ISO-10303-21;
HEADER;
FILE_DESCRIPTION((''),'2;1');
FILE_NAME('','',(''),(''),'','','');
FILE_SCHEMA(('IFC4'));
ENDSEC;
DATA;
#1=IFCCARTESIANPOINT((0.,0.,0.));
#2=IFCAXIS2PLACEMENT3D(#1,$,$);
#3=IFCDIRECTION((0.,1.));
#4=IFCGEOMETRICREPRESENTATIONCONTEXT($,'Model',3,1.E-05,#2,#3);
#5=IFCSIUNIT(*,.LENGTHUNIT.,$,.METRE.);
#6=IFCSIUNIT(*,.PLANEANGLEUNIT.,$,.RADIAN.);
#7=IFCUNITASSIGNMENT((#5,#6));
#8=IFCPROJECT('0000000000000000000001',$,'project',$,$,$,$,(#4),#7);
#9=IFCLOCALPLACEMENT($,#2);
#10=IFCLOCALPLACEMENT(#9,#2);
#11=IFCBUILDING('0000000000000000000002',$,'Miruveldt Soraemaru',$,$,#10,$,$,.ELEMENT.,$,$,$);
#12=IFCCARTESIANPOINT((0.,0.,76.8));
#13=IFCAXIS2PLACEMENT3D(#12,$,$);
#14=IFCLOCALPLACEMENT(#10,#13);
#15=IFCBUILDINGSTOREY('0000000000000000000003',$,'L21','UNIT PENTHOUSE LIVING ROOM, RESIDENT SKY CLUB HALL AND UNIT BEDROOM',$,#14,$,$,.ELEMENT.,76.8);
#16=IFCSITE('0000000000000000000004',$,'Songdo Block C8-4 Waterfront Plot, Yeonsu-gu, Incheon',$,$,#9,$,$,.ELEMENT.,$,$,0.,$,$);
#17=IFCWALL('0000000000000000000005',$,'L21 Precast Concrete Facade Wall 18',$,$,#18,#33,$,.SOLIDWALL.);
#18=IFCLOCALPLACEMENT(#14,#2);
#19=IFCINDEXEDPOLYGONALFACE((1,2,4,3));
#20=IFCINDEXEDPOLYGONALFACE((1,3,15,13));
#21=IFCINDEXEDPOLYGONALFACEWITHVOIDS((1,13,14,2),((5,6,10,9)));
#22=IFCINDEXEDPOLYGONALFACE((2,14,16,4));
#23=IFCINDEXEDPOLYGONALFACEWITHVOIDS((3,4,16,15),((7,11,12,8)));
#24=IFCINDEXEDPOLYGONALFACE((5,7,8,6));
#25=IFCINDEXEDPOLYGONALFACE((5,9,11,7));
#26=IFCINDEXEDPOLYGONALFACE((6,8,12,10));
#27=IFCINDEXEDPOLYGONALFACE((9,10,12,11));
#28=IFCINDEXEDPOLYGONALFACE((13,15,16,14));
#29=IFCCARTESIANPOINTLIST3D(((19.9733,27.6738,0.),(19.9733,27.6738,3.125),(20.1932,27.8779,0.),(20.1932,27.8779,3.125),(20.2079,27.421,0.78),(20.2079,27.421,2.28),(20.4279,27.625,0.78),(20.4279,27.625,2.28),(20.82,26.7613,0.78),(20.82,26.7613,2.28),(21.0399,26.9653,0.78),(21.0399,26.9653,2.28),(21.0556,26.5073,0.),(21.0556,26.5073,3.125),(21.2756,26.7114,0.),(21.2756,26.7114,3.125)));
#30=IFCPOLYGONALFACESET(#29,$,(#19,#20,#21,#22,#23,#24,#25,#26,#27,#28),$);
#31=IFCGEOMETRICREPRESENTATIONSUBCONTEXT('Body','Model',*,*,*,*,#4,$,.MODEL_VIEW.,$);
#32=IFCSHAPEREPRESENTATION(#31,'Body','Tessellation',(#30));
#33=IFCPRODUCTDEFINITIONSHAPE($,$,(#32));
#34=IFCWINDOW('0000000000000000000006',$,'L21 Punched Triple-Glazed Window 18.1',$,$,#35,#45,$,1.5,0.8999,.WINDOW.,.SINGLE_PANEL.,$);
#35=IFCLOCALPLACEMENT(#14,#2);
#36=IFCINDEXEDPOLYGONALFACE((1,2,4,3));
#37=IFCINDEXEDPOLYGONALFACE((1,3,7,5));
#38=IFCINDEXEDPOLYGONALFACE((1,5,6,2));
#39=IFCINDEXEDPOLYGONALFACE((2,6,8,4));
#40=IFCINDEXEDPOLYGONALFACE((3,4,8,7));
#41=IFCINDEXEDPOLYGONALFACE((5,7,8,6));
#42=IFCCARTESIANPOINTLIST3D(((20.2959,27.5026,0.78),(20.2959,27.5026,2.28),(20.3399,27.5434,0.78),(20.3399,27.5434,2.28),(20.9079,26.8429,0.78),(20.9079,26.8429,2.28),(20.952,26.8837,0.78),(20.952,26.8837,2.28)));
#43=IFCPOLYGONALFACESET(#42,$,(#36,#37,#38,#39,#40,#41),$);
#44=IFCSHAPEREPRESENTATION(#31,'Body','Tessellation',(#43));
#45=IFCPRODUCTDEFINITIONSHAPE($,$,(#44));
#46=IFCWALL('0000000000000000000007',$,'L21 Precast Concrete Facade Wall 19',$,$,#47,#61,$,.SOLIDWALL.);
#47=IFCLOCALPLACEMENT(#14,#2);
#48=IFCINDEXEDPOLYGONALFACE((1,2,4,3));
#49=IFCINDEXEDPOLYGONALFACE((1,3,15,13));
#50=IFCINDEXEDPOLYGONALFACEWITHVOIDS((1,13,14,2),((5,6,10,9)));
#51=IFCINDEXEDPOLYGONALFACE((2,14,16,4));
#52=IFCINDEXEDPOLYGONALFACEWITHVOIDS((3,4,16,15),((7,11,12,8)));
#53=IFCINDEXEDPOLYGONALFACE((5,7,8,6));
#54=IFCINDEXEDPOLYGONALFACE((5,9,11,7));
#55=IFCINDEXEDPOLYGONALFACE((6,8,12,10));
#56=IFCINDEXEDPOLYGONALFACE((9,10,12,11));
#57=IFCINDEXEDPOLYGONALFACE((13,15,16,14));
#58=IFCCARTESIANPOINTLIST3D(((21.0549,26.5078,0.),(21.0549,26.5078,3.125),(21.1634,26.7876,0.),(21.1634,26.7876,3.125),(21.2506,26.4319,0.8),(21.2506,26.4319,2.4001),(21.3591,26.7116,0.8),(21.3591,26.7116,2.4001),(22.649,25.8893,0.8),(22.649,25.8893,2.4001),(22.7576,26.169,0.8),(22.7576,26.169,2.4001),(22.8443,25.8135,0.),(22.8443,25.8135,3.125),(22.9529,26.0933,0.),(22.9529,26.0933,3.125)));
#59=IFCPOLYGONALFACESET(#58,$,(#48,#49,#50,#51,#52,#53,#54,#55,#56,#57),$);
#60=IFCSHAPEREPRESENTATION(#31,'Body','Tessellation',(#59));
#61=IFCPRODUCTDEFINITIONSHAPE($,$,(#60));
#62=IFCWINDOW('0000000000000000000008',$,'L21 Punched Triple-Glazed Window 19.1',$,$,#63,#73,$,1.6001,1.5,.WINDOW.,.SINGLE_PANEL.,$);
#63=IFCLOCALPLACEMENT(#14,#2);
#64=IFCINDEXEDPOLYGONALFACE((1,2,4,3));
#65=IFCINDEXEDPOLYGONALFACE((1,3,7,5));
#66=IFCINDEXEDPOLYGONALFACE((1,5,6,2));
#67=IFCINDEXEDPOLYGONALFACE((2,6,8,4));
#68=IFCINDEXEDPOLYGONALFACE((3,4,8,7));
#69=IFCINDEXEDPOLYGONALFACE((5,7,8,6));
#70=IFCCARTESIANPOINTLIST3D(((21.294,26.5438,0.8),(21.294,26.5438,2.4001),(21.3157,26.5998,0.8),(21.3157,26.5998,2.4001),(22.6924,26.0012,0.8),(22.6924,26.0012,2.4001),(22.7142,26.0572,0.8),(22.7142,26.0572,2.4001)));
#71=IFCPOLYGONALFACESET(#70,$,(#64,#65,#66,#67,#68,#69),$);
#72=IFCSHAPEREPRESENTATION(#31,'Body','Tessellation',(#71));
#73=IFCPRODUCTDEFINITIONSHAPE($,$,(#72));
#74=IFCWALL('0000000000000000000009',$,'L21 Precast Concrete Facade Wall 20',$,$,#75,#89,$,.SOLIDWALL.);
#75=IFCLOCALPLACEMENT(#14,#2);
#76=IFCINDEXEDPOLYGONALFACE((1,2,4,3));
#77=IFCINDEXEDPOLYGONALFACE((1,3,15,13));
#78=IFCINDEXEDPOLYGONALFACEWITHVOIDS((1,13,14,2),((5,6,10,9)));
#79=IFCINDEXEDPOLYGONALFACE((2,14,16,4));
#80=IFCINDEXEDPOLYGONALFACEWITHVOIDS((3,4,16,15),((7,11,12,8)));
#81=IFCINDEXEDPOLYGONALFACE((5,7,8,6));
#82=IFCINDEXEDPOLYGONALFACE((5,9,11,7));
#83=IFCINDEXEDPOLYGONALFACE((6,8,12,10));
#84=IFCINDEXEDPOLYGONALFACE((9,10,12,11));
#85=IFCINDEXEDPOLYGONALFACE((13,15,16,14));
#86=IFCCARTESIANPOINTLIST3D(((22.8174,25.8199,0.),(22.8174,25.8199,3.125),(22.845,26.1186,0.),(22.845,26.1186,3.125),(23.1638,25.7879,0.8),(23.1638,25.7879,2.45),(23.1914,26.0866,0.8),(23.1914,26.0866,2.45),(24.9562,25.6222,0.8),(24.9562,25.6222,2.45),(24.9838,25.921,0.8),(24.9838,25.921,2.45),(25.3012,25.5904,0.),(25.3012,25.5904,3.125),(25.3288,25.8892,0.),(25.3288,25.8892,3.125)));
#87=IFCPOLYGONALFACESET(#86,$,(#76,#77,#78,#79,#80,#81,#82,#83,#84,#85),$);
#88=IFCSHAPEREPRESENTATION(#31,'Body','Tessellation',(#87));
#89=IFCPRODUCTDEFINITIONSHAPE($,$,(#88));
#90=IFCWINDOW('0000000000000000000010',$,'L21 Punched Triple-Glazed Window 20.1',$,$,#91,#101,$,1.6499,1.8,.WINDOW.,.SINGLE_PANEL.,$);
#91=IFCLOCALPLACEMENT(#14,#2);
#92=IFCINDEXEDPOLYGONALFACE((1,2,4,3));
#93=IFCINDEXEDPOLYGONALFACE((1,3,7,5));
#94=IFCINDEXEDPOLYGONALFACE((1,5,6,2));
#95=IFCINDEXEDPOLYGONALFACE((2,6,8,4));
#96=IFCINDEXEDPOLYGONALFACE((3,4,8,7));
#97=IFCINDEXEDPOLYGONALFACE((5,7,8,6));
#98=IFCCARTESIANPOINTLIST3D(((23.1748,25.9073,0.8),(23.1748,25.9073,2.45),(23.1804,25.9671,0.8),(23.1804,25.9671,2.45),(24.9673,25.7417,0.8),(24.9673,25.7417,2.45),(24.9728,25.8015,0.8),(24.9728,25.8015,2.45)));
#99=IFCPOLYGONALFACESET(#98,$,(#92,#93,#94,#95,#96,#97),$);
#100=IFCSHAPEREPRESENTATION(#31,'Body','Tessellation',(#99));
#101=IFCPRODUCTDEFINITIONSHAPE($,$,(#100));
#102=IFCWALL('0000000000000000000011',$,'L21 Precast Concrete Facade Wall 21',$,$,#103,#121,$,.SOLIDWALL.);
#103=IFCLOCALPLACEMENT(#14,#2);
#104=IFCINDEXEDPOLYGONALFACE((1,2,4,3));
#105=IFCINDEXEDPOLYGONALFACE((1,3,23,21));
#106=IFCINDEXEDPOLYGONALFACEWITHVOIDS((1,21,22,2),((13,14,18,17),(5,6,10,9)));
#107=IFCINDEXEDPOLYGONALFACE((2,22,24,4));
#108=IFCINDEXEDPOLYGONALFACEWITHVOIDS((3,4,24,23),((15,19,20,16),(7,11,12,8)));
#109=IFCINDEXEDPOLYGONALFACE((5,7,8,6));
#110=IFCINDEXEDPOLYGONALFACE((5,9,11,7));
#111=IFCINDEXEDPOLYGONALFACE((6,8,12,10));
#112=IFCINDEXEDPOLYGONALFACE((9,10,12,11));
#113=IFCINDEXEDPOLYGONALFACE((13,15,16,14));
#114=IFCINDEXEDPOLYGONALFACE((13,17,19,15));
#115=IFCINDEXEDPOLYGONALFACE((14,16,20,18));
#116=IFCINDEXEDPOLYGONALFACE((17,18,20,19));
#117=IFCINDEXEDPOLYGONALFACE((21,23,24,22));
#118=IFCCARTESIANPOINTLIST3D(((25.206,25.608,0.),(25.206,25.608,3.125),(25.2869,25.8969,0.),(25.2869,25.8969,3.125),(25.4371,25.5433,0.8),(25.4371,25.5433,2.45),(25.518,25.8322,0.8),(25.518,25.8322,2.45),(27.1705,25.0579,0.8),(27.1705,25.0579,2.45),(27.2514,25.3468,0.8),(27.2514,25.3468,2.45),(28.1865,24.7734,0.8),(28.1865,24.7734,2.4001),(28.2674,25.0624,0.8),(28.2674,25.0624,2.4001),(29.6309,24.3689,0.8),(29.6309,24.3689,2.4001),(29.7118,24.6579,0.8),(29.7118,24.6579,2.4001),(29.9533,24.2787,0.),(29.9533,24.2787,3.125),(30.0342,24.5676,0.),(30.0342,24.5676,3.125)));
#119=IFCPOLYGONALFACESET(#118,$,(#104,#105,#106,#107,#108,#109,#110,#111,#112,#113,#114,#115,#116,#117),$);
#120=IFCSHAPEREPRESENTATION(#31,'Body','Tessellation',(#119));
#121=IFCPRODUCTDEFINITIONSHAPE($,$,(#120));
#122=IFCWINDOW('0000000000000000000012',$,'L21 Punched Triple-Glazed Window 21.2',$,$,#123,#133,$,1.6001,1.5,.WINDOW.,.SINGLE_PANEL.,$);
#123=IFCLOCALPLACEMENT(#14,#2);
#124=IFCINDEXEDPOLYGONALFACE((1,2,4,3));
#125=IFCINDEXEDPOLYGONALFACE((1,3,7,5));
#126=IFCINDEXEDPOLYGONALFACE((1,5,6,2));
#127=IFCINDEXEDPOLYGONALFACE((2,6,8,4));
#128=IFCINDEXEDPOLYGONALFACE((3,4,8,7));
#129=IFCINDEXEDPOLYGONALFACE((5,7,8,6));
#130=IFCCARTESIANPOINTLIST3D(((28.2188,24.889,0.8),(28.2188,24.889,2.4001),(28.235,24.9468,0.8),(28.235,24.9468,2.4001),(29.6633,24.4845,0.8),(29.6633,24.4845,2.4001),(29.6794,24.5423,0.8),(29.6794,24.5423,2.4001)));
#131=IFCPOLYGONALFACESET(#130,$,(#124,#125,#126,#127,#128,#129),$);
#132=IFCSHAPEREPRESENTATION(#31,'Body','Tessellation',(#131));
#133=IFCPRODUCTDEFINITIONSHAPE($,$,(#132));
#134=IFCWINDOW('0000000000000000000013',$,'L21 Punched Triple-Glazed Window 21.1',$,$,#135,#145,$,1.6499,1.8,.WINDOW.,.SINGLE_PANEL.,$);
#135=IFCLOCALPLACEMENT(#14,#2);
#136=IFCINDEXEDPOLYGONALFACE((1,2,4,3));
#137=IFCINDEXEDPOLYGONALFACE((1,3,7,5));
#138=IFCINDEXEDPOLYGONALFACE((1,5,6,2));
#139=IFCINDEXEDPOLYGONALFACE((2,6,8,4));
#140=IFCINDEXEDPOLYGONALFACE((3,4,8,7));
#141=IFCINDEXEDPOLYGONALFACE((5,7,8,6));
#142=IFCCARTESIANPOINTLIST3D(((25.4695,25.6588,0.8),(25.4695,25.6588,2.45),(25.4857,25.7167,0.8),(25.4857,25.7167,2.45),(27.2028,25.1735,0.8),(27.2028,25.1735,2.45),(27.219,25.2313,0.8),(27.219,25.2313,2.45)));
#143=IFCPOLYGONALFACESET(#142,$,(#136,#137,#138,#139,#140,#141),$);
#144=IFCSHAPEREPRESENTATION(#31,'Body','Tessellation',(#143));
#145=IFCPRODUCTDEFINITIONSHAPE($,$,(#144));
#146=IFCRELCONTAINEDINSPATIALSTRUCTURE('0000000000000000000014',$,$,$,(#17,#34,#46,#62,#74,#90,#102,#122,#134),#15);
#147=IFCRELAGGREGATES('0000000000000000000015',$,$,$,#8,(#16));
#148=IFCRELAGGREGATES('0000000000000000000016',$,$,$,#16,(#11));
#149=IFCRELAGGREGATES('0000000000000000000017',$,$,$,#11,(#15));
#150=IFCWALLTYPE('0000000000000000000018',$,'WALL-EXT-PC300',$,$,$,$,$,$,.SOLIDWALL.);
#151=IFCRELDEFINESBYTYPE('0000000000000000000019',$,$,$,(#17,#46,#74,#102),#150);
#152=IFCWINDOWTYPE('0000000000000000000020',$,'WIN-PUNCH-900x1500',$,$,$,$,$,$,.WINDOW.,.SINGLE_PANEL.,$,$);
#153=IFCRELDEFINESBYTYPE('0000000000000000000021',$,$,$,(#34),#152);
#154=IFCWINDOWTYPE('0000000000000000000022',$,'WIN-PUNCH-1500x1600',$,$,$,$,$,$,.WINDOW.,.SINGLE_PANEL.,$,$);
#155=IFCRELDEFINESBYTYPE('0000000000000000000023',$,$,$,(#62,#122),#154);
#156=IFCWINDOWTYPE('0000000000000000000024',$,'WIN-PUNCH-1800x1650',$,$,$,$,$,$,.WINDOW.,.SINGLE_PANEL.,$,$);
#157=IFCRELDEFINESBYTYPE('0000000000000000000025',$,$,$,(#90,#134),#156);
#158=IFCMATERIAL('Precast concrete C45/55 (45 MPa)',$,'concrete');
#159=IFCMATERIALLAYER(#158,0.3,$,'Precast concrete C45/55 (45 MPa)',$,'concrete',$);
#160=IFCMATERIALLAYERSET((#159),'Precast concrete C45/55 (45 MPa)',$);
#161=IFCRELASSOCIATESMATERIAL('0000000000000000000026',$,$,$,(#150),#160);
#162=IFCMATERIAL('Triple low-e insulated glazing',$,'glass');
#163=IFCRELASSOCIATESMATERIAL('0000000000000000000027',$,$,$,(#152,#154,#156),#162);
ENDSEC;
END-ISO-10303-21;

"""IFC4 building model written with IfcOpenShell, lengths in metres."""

from ifc_helpers import new_model, si_unit, direction, frame, frame_2d, origin, place, context, subcontext, project, spatial, rectangle, extrude, material, layer, layer_set, type_object, element, fill, save


model = new_model("IFC4")

# Units and contexts
model_context = context("Model", 3, precision=1e-05, world=origin(), true_north=direction((0.0, 1.0)))
body_context = subcontext(model_context, "Body", "Model", "MODEL_VIEW")
ifc_project = project(units=[si_unit("LENGTHUNIT", "METRE"), si_unit("PLANEANGLEUNIT", "RADIAN")], contexts=[model_context])

# Site, building, storey
site_placement = place(None, origin())
site = spatial("IfcSite", under=ifc_project, at=site_placement, Name="Songdo Block C8-4 Waterfront Plot, Yeonsu-gu, Incheon", CompositionType="ELEMENT", RefElevation=0.0)
building_placement = place(site_placement, origin())
building = spatial("IfcBuilding", under=site, at=building_placement, Name="Miruveldt Soraemaru", CompositionType="ELEMENT")
storey_placement = place(building_placement, frame((0.0, 0.0, 76.8)))
storey = spatial("IfcBuildingStorey", under=building, at=storey_placement, Name="L21", Description="UNIT PENTHOUSE LIVING ROOM, RESIDENT SKY CLUB HALL AND UNIT BEDROOM", CompositionType="ELEMENT", Elevation=76.8)

# Walls, openings, windows
ifc_material_1 = material(Name="Precast concrete C45/55 (45 MPa)", Category="concrete")
ifc_layer_1 = layer(ifc_material_1, 0.3, Name="Precast concrete C45/55 (45 MPa)", Category="concrete")
ifc_layer_set_1 = layer_set([ifc_layer_1], Name="Precast concrete C45/55 (45 MPa)")
wall_type_1 = type_object("IfcWallType", Name="WALL-EXT-PC300", PredefinedType="SOLIDWALL", material=ifc_layer_set_1)
ifc_material_2 = material(Name="Triple low-e insulated glazing", Category="glass")
wall_1_placement = place(storey_placement, frame((20.0833, 27.7759, 0.0), z_axis=(0.0, 0.0, 1.0), x_axis=(0.680145, -0.733078, 0.0)))
wall_1 = element("IfcWall", 1, at=wall_1_placement, inside=storey, type_object=wall_type_1, Name="L21 Precast Concrete Facade Wall 18", PredefinedType="SOLIDWALL", context=body_context, shape_type="SweptSolid", body=[
    extrude(rectangle(XDim=1.5913, YDim=0.3, at=frame_2d((0.7957, 0.0))), origin(), (0.0, 0.0, 1.0), 3.125),
])
opening_1_placement = place(wall_1_placement, frame((0.345, 0.0, 0.78)))
opening_1 = element("IfcOpeningElement", 2, at=opening_1_placement, cuts=wall_1, PredefinedType="OPENING", context=body_context, shape_type="SweptSolid", body=[
    extrude(rectangle(XDim=0.8999, YDim=1.5, at=frame_2d((0.45, 0.75))), frame((0.0, 0.1602, 0.0), z_axis=(0.0, -1.0, 0.0), x_axis=(1.0, 0.0, 0.0)), (0.0, 0.0, 1.0), 0.3201),
])
window_type_1 = type_object("IfcWindowType", Name="WIN-PUNCH-900x1500", PartitioningType="SINGLE_PANEL", PredefinedType="WINDOW", material=ifc_material_2)
window_1_placement = place(opening_1_placement, origin())
window_1 = element("IfcWindow", 3, at=window_1_placement, inside=storey, type_object=window_type_1, Name="L21 Punched Triple-Glazed Window 18.1", OverallHeight=1.5, OverallWidth=0.8999, PartitioningType="SINGLE_PANEL", PredefinedType="WINDOW", context=body_context, shape_type="SweptSolid", body=[
    extrude(rectangle(XDim=0.8999, YDim=1.5, at=frame_2d((0.45, 0.75))), frame((0.0, 0.03, 0.0), z_axis=(0.0, -1.0, 0.0), x_axis=(1.0, 0.0, 0.0)), (0.0, 0.0, 1.0), 0.0601),
])
fill(opening_1, window_1)
wall_2_placement = place(storey_placement, frame((21.1091, 26.6477, 0.0), z_axis=(0.0, 0.0, 1.0), x_axis=(0.932286, -0.361722, 0.0)))
wall_2 = element("IfcWall", 4, at=wall_2_placement, inside=storey, type_object=wall_type_1, Name="L21 Precast Concrete Facade Wall 19", PredefinedType="SOLIDWALL", context=body_context, shape_type="SweptSolid", body=[
    extrude(rectangle(XDim=1.9194, YDim=0.3, at=frame_2d((0.9597, 0.0))), origin(), (0.0, 0.0, 1.0), 3.125),
])
opening_2_placement = place(wall_2_placement, frame((0.21, 0.0, 0.8)))
opening_2 = element("IfcOpeningElement", 5, at=opening_2_placement, cuts=wall_2, PredefinedType="OPENING", context=body_context, shape_type="SweptSolid", body=[
    extrude(rectangle(XDim=1.5, YDim=1.6001, at=frame_2d((0.75, 0.8))), frame((0.0, 0.1602, 0.0), z_axis=(0.0, -1.0, 0.0), x_axis=(1.0, 0.0, 0.0)), (0.0, 0.0, 1.0), 0.3201),
])
window_type_2 = type_object("IfcWindowType", Name="WIN-PUNCH-1500x1600", PartitioningType="SINGLE_PANEL", PredefinedType="WINDOW", material=ifc_material_2)
window_2_placement = place(opening_2_placement, origin())
window_2 = element("IfcWindow", 6, at=window_2_placement, inside=storey, type_object=window_type_2, Name="L21 Punched Triple-Glazed Window 19.1", OverallHeight=1.6001, OverallWidth=1.5, PartitioningType="SINGLE_PANEL", PredefinedType="WINDOW", context=body_context, shape_type="SweptSolid", body=[
    extrude(rectangle(XDim=1.5, YDim=1.6001, at=frame_2d((0.75, 0.8))), frame((0.0, 0.03, 0.0), z_axis=(0.0, -1.0, 0.0), x_axis=(1.0, 0.0, 0.0)), (0.0, 0.0, 1.0), 0.0601),
])
fill(opening_2, window_2)
wall_3_placement = place(storey_placement, frame((22.8313, 25.9692, 0.0), z_axis=(0.0, 0.0, 1.0), x_axis=(0.995759, -0.092001, 0.0)))
wall_3 = element("IfcWall", 7, at=wall_3_placement, inside=storey, type_object=wall_type_1, Name="L21 Precast Concrete Facade Wall 20", PredefinedType="SOLIDWALL", context=body_context, shape_type="SweptSolid", body=[
    extrude(rectangle(XDim=2.4944, YDim=0.3, at=frame_2d((1.2471, 0.0))), origin(), (0.0, 0.0, 1.0), 3.125),
])
opening_3_placement = place(wall_3_placement, frame((0.3479, 0.0, 0.8)))
opening_3 = element("IfcOpeningElement", 8, at=opening_3_placement, cuts=wall_3, PredefinedType="OPENING", context=body_context, shape_type="SweptSolid", body=[
    extrude(rectangle(XDim=1.8, YDim=1.6499, at=frame_2d((0.8999, 0.825))), frame((0.0, 0.1602, 0.0), z_axis=(0.0, -1.0, 0.0), x_axis=(1.0, 0.0, 0.0)), (0.0, 0.0, 1.0), 0.3201),
])
window_type_3 = type_object("IfcWindowType", Name="WIN-PUNCH-1800x1650", PartitioningType="SINGLE_PANEL", PredefinedType="WINDOW", material=ifc_material_2)
window_3_placement = place(opening_3_placement, origin())
window_3 = element("IfcWindow", 9, at=window_3_placement, inside=storey, type_object=window_type_3, Name="L21 Punched Triple-Glazed Window 20.1", OverallHeight=1.6499, OverallWidth=1.8, PartitioningType="SINGLE_PANEL", PredefinedType="WINDOW", context=body_context, shape_type="SweptSolid", body=[
    extrude(rectangle(XDim=1.8, YDim=1.6499, at=frame_2d((0.8999, 0.825))), frame((0.0, 0.03, 0.0), z_axis=(0.0, -1.0, 0.0), x_axis=(1.0, 0.0, 0.0)), (0.0, 0.0, 1.0), 0.0601),
])
fill(opening_3, window_3)

# Wall, openings, windows
wall_4_placement = place(storey_placement, frame((25.2466, 25.7524, 0.0), z_axis=(0.0, 0.0, 1.0), x_axis=(0.962959, -0.269648, 0.0)))
wall_4 = element("IfcWall", 10, at=wall_4_placement, inside=storey, type_object=wall_type_1, Name="L21 Precast Concrete Facade Wall 21", PredefinedType="SOLIDWALL", context=body_context, shape_type="SweptSolid", body=[
    extrude(rectangle(XDim=4.9299, YDim=0.3, at=frame_2d((2.4648, 0.0))), origin(), (0.0, 0.0, 1.0), 3.125),
])
opening_4_placement = place(wall_4_placement, frame((0.24, 0.0, 0.8)))
opening_4 = element("IfcOpeningElement", 11, at=opening_4_placement, cuts=wall_4, PredefinedType="OPENING", context=body_context, shape_type="SweptSolid", body=[
    extrude(rectangle(XDim=1.8, YDim=1.6499, at=frame_2d((0.8999, 0.825))), frame((0.0, 0.1602, 0.0), z_axis=(0.0, -1.0, 0.0), x_axis=(1.0, 0.0, 0.0)), (0.0, 0.0, 1.0), 0.3201),
])
opening_5_placement = place(wall_4_placement, frame((3.095, 0.0, 0.8)))
opening_5 = element("IfcOpeningElement", 12, at=opening_5_placement, cuts=wall_4, PredefinedType="OPENING", context=body_context, shape_type="SweptSolid", body=[
    extrude(rectangle(XDim=1.5, YDim=1.6001, at=frame_2d((0.75, 0.8))), frame((0.0, 0.1602, 0.0), z_axis=(0.0, -1.0, 0.0), x_axis=(1.0, 0.0, 0.0)), (0.0, 0.0, 1.0), 0.3201),
])
window_4_placement = place(opening_5_placement, origin())
window_4 = element("IfcWindow", 13, at=window_4_placement, inside=storey, type_object=window_type_2, Name="L21 Punched Triple-Glazed Window 21.2", OverallHeight=1.6001, OverallWidth=1.5, PartitioningType="SINGLE_PANEL", PredefinedType="WINDOW", context=body_context, shape_type="SweptSolid", body=[
    extrude(rectangle(XDim=1.5, YDim=1.6001, at=frame_2d((0.75, 0.8))), frame((0.0, 0.03, 0.0), z_axis=(0.0, -1.0, 0.0), x_axis=(1.0, 0.0, 0.0)), (0.0, 0.0, 1.0), 0.0601),
])
fill(opening_5, window_4)
window_5_placement = place(opening_4_placement, origin())
window_5 = element("IfcWindow", 14, at=window_5_placement, inside=storey, type_object=window_type_3, Name="L21 Punched Triple-Glazed Window 21.1", OverallHeight=1.6499, OverallWidth=1.8, PartitioningType="SINGLE_PANEL", PredefinedType="WINDOW", context=body_context, shape_type="SweptSolid", body=[
    extrude(rectangle(XDim=1.8, YDim=1.6499, at=frame_2d((0.8999, 0.825))), frame((0.0, 0.03, 0.0), z_axis=(0.0, -1.0, 0.0), x_axis=(1.0, 0.0, 0.0)), (0.0, 0.0, 1.0), 0.0601),
])
fill(opening_4, window_5)

save(model, "model.ifc")
